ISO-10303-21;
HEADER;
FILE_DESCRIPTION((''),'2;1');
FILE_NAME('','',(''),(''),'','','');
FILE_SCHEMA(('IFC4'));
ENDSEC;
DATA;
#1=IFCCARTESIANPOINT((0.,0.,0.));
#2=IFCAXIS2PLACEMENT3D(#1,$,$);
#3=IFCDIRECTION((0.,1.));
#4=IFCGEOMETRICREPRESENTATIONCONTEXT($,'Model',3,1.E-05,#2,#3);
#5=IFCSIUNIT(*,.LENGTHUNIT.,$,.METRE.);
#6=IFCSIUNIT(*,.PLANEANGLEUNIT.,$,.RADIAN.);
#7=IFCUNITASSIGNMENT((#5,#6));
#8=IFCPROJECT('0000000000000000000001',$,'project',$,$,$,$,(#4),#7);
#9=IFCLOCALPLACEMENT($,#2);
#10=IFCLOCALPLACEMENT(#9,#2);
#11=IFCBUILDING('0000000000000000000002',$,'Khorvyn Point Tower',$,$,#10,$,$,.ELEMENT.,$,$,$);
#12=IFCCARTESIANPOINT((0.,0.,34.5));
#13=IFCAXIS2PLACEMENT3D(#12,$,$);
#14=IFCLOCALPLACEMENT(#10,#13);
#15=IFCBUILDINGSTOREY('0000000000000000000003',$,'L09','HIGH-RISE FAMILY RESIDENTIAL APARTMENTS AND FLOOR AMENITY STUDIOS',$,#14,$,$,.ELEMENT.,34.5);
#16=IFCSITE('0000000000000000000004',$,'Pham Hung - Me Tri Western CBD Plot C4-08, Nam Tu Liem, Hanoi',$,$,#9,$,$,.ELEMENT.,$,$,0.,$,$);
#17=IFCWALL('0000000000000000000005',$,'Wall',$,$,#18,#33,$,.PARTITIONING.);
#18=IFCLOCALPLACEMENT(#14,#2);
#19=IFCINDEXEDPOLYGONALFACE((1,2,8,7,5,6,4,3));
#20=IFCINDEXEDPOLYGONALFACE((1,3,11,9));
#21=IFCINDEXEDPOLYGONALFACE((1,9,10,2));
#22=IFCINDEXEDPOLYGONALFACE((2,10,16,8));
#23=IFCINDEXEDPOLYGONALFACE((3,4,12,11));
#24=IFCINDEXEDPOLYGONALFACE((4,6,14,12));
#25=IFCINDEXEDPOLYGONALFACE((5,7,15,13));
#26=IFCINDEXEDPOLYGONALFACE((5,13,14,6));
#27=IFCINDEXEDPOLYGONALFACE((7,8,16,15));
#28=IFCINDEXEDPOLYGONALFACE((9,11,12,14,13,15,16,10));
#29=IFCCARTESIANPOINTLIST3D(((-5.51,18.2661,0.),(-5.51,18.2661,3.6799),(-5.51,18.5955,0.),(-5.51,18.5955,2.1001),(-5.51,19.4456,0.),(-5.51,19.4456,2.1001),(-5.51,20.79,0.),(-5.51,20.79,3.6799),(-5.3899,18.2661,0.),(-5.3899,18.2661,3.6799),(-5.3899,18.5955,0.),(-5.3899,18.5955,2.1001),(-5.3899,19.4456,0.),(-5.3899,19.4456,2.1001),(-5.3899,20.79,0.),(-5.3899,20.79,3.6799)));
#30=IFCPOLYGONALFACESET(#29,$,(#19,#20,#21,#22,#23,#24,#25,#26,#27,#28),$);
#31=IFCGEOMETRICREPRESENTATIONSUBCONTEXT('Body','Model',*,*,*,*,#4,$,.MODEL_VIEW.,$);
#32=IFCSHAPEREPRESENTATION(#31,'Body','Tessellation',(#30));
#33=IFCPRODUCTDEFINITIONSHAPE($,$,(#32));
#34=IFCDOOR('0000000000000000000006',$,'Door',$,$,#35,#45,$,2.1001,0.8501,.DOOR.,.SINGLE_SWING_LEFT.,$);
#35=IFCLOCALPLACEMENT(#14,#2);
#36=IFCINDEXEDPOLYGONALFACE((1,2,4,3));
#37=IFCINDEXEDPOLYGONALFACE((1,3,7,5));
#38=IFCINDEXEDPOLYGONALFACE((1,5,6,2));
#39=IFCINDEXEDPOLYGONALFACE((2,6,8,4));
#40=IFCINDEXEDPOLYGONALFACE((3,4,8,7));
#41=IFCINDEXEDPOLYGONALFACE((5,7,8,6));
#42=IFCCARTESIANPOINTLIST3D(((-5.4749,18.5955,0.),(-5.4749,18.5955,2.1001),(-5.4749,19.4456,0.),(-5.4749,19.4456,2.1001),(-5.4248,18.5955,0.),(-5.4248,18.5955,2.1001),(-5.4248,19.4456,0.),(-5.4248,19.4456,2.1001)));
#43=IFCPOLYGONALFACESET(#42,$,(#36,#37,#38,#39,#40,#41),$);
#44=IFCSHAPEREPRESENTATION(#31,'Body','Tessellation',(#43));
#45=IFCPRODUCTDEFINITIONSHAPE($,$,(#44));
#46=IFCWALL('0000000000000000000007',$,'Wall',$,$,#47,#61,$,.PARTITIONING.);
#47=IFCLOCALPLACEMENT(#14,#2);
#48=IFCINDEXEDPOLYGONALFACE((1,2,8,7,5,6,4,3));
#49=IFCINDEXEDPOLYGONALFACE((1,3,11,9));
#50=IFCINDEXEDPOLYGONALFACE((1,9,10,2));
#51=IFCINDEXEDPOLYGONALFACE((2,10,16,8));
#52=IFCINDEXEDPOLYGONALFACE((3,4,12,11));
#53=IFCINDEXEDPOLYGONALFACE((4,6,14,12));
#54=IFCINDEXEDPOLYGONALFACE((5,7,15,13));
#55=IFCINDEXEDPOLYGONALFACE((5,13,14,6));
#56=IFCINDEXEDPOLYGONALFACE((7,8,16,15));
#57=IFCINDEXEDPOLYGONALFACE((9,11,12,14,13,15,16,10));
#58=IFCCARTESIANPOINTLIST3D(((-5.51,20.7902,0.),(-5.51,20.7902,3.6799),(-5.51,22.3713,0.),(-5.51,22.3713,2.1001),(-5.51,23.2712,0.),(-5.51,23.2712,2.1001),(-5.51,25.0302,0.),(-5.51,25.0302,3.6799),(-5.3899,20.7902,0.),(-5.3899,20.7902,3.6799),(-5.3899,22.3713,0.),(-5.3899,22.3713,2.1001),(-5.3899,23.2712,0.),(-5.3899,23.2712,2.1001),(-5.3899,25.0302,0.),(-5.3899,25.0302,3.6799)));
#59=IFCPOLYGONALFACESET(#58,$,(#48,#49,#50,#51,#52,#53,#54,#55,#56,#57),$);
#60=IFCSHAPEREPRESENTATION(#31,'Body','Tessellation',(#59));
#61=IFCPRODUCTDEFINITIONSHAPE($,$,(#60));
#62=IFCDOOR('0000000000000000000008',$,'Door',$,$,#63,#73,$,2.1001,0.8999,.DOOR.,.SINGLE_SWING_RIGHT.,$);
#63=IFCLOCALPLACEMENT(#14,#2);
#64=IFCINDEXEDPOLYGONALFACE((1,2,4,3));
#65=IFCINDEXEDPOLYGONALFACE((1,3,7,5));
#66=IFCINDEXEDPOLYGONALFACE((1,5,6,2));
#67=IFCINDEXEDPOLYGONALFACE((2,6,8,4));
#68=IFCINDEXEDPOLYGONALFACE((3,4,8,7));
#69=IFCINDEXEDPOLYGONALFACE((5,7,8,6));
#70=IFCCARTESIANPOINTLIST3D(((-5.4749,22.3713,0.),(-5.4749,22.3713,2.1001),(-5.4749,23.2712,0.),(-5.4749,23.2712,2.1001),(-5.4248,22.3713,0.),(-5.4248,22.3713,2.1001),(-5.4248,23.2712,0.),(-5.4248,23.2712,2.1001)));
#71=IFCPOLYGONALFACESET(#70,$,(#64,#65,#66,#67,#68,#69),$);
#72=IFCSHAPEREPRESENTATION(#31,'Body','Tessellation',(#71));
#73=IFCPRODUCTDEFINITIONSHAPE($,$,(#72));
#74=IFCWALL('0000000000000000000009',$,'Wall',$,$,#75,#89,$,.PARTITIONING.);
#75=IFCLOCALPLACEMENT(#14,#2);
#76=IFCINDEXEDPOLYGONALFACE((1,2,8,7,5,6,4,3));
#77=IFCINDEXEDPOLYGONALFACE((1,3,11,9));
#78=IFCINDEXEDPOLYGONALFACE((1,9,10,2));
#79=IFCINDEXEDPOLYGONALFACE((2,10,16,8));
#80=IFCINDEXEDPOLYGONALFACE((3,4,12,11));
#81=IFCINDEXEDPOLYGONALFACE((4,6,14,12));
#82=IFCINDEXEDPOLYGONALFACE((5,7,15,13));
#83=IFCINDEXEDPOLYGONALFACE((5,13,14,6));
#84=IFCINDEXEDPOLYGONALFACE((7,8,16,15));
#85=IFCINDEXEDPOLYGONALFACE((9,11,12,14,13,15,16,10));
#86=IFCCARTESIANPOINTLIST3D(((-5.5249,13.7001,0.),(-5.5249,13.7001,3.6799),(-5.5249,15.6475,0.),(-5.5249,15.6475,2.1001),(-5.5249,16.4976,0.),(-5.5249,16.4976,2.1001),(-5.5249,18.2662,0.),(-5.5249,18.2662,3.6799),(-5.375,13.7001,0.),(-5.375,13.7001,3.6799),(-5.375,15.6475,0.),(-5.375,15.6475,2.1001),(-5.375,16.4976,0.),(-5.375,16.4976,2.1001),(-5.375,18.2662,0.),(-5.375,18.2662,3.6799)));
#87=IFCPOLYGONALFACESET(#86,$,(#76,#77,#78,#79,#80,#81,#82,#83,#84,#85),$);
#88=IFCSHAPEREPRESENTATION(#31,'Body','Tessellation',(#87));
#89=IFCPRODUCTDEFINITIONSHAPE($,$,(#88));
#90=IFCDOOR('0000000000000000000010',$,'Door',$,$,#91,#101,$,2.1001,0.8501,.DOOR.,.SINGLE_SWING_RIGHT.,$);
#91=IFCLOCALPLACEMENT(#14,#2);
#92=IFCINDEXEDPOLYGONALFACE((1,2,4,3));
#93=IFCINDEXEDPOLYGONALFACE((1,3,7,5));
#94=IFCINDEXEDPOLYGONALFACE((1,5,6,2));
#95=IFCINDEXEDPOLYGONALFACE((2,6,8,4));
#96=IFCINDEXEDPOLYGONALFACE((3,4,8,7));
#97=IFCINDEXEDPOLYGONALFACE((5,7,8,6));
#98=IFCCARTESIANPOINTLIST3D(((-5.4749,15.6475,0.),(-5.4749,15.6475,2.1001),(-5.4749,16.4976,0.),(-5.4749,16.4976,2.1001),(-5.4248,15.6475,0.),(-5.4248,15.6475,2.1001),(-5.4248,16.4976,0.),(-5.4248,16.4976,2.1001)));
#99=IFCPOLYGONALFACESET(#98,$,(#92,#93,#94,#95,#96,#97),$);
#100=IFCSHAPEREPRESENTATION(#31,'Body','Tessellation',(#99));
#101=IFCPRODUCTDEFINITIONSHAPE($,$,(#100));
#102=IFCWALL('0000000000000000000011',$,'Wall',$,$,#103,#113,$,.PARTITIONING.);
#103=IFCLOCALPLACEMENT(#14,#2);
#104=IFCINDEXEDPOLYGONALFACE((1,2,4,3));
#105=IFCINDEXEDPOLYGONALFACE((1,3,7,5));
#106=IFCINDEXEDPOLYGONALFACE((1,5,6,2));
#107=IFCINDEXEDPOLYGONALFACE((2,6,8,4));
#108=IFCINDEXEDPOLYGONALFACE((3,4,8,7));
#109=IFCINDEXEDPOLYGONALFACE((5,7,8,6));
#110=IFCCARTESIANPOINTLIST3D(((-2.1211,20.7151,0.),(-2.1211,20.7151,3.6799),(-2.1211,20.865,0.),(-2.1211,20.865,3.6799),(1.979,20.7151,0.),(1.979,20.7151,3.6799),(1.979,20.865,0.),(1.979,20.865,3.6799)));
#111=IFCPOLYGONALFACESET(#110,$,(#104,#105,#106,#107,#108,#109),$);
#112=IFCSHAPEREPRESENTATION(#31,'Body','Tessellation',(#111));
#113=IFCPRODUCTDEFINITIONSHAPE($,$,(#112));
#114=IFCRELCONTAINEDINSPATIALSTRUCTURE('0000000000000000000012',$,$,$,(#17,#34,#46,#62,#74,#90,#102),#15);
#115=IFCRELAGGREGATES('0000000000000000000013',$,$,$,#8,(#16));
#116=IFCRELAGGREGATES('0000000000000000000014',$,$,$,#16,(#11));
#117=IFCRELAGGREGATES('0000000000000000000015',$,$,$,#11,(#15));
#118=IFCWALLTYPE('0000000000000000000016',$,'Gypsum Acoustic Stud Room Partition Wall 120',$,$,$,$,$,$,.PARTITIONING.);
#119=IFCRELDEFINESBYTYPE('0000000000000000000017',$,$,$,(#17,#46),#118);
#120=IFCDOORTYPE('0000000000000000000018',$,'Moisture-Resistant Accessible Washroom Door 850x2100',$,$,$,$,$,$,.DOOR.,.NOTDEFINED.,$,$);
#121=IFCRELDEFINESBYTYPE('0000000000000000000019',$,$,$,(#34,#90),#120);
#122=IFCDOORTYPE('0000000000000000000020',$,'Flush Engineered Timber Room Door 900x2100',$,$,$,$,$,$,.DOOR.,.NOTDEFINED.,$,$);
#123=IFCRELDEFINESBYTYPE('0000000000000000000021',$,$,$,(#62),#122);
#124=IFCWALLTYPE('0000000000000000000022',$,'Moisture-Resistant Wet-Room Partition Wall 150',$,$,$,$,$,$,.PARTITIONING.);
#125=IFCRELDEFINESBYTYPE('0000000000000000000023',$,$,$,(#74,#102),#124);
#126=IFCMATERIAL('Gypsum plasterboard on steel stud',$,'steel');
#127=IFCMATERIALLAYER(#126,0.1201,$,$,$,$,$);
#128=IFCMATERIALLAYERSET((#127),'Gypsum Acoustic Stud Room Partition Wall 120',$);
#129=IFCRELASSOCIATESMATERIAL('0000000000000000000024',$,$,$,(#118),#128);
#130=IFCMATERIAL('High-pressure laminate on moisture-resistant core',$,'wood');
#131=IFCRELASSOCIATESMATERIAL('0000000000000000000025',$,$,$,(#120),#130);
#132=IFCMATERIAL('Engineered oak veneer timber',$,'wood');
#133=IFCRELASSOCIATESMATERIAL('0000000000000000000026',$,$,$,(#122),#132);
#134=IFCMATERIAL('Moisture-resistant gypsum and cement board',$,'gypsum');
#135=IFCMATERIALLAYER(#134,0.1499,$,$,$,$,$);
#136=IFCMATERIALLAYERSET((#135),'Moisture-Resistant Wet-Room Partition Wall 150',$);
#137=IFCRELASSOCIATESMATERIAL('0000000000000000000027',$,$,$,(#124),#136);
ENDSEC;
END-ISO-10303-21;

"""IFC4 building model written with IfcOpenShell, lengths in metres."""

from ifc_helpers import new_model, si_unit, direction, frame, frame_2d, origin, place, context, subcontext, project, spatial, rectangle, extrude, material, layer, layer_set, type_object, element, fill, save


model = new_model("IFC4")

# Units and contexts
model_context = context("Model", 3, precision=1e-05, world=origin(), true_north=direction((0.0, 1.0)))
body_context = subcontext(model_context, "Body", "Model", "MODEL_VIEW")
ifc_project = project(units=[si_unit("LENGTHUNIT", "METRE"), si_unit("PLANEANGLEUNIT", "RADIAN")], contexts=[model_context])

# Site, building, storey
site_placement = place(None, origin())
site = spatial("IfcSite", under=ifc_project, at=site_placement, Name="Pham Hung - Me Tri Western CBD Plot C4-08, Nam Tu Liem, Hanoi", CompositionType="ELEMENT", RefElevation=0.0)
building_placement = place(site_placement, origin())
building = spatial("IfcBuilding", under=site, at=building_placement, Name="Khorvyn Point Tower", CompositionType="ELEMENT")
storey_placement = place(building_placement, frame((0.0, 0.0, 34.5)))
storey = spatial("IfcBuildingStorey", under=building, at=storey_placement, Name="L09", Description="HIGH-RISE FAMILY RESIDENTIAL APARTMENTS AND FLOOR AMENITY STUDIOS", CompositionType="ELEMENT", Elevation=34.5)

# Walls, openings, doors
ifc_material_1 = material(Name="Gypsum plasterboard on steel stud", Category="steel")
ifc_layer_1 = layer(ifc_material_1, 0.1201)
ifc_layer_set_1 = layer_set([ifc_layer_1], Name="Gypsum Acoustic Stud Room Partition Wall 120")
wall_type_1 = type_object("IfcWallType", Name="Gypsum Acoustic Stud Room Partition Wall 120", PredefinedType="PARTITIONING", material=ifc_layer_set_1)
wall_1_placement = place(storey_placement, frame((-5.45, 18.2661, 0.0), z_axis=(0.0, 0.0, 1.0), x_axis=(0.0, 1.0, 0.0)))
wall_1 = element("IfcWall", 1, at=wall_1_placement, inside=storey, type_object=wall_type_1, Name="Wall", PredefinedType="PARTITIONING", context=body_context, shape_type="SweptSolid", body=[
    extrude(rectangle(XDim=2.5239, YDim=0.1201, at=frame_2d((1.262, 0.0))), origin(), (0.0, 0.0, 1.0), 3.6799),
])
opening_1_placement = place(wall_1_placement, frame((0.3293, 0.0, 0.0)))
opening_1 = element("IfcOpeningElement", 2, at=opening_1_placement, cuts=wall_1, PredefinedType="OPENING", context=body_context, shape_type="SweptSolid", body=[
    extrude(rectangle(XDim=0.8501, YDim=2.1001, at=frame_2d((0.425, 1.05))), frame((0.0, 0.0701, 0.0), z_axis=(0.0, -1.0, 0.0), x_axis=(1.0, 0.0, 0.0)), (0.0, 0.0, 1.0), 0.1401),
])
ifc_material_2 = material(Name="High-pressure laminate on moisture-resistant core", Category="wood")
door_type_1 = type_object("IfcDoorType", Name="Moisture-Resistant Accessible Washroom Door 850x2100", OperationType="NOTDEFINED", PredefinedType="DOOR", material=ifc_material_2)
door_1_placement = place(opening_1_placement, origin())
door_1 = element("IfcDoor", 3, at=door_1_placement, inside=storey, type_object=door_type_1, Name="Door", OperationType="SINGLE_SWING_LEFT", OverallHeight=2.1001, OverallWidth=0.8501, PredefinedType="DOOR", context=body_context, shape_type="SweptSolid", body=[
    extrude(rectangle(XDim=0.8501, YDim=2.1001, at=frame_2d((0.425, 1.05))), frame((0.0, 0.0249, 0.0), z_axis=(0.0, -1.0, 0.0), x_axis=(1.0, 0.0, 0.0)), (0.0, 0.0, 1.0), 0.05),
])
fill(opening_1, door_1)
wall_2_placement = place(storey_placement, frame((-5.45, 20.79, 0.0), z_axis=(0.0, 0.0, 1.0), x_axis=(0.0, 1.0, 0.0)))
wall_2 = element("IfcWall", 4, at=wall_2_placement, inside=storey, type_object=wall_type_1, Name="Wall", PredefinedType="PARTITIONING", context=body_context, shape_type="SweptSolid", body=[
    extrude(rectangle(XDim=4.24, YDim=0.1201, at=frame_2d((2.1201, 0.0))), origin(), (0.0, 0.0, 1.0), 3.6799),
])
opening_2_placement = place(wall_2_placement, frame((1.5813, 0.0, 0.0)))
opening_2 = element("IfcOpeningElement", 5, at=opening_2_placement, cuts=wall_2, PredefinedType="OPENING", context=body_context, shape_type="SweptSolid", body=[
    extrude(rectangle(XDim=0.8999, YDim=2.1001, at=frame_2d((0.45, 1.05))), frame((0.0, 0.0701, 0.0), z_axis=(0.0, -1.0, 0.0), x_axis=(1.0, 0.0, 0.0)), (0.0, 0.0, 1.0), 0.1401),
])
ifc_material_3 = material(Name="Engineered oak veneer timber", Category="wood")
door_type_2 = type_object("IfcDoorType", Name="Flush Engineered Timber Room Door 900x2100", OperationType="NOTDEFINED", PredefinedType="DOOR", material=ifc_material_3)
door_2_placement = place(opening_2_placement, origin())
door_2 = element("IfcDoor", 6, at=door_2_placement, inside=storey, type_object=door_type_2, Name="Door", OperationType="SINGLE_SWING_RIGHT", OverallHeight=2.1001, OverallWidth=0.8999, PredefinedType="DOOR", context=body_context, shape_type="SweptSolid", body=[
    extrude(rectangle(XDim=0.8999, YDim=2.1001, at=frame_2d((0.45, 1.05))), frame((0.0, 0.0249, 0.0), z_axis=(0.0, -1.0, 0.0), x_axis=(1.0, 0.0, 0.0)), (0.0, 0.0, 1.0), 0.05),
])
fill(opening_2, door_2)
ifc_material_4 = material(Name="Moisture-resistant gypsum and cement board", Category="gypsum")
ifc_layer_2 = layer(ifc_material_4, 0.1499)
ifc_layer_set_2 = layer_set([ifc_layer_2], Name="Moisture-Resistant Wet-Room Partition Wall 150")
wall_type_2 = type_object("IfcWallType", Name="Moisture-Resistant Wet-Room Partition Wall 150", PredefinedType="PARTITIONING", material=ifc_layer_set_2)
wall_3_placement = place(storey_placement, frame((-5.45, 13.7, 0.0), z_axis=(0.0, 0.0, 1.0), x_axis=(0.0, 1.0, 0.0)))
wall_3 = element("IfcWall", 7, at=wall_3_placement, inside=storey, type_object=wall_type_2, Name="Wall", PredefinedType="PARTITIONING", context=body_context, shape_type="SweptSolid", body=[
    extrude(rectangle(XDim=4.5662, YDim=0.1499, at=frame_2d((2.2832, 0.0))), origin(), (0.0, 0.0, 1.0), 3.6799),
])
opening_3_placement = place(wall_3_placement, frame((1.9475, 0.0, 0.0)))
opening_3 = element("IfcOpeningElement", 8, at=opening_3_placement, cuts=wall_3, PredefinedType="OPENING", context=body_context, shape_type="SweptSolid", body=[
    extrude(rectangle(XDim=0.8501, YDim=2.1001, at=frame_2d((0.425, 1.05))), frame((0.0, 0.085, 0.0), z_axis=(0.0, -1.0, 0.0), x_axis=(1.0, 0.0, 0.0)), (0.0, 0.0, 1.0), 0.1699),
])
door_3_placement = place(opening_3_placement, origin())
door_3 = element("IfcDoor", 9, at=door_3_placement, inside=storey, type_object=door_type_1, Name="Door", OperationType="SINGLE_SWING_RIGHT", OverallHeight=2.1001, OverallWidth=0.8501, PredefinedType="DOOR", context=body_context, shape_type="SweptSolid", body=[
    extrude(rectangle(XDim=0.8501, YDim=2.1001, at=frame_2d((0.425, 1.05))), frame((0.0, 0.0249, 0.0), z_axis=(0.0, -1.0, 0.0), x_axis=(1.0, 0.0, 0.0)), (0.0, 0.0, 1.0), 0.05),
])
fill(opening_3, door_3)

# Wall
wall_4_placement = place(storey_placement, frame((-2.1211, 20.79, 0.0), z_axis=(0.0, 0.0, 1.0), x_axis=(1.0, 0.0, 0.0)))
element("IfcWall", 10, at=wall_4_placement, inside=storey, type_object=wall_type_2, Name="Wall", PredefinedType="PARTITIONING", context=body_context, shape_type="SweptSolid", body=[
    extrude(rectangle(XDim=4.1001, YDim=0.1499, at=frame_2d((2.05, 0.0))), origin(), (0.0, 0.0, 1.0), 3.6799),
])

save(model, "model.ifc")
